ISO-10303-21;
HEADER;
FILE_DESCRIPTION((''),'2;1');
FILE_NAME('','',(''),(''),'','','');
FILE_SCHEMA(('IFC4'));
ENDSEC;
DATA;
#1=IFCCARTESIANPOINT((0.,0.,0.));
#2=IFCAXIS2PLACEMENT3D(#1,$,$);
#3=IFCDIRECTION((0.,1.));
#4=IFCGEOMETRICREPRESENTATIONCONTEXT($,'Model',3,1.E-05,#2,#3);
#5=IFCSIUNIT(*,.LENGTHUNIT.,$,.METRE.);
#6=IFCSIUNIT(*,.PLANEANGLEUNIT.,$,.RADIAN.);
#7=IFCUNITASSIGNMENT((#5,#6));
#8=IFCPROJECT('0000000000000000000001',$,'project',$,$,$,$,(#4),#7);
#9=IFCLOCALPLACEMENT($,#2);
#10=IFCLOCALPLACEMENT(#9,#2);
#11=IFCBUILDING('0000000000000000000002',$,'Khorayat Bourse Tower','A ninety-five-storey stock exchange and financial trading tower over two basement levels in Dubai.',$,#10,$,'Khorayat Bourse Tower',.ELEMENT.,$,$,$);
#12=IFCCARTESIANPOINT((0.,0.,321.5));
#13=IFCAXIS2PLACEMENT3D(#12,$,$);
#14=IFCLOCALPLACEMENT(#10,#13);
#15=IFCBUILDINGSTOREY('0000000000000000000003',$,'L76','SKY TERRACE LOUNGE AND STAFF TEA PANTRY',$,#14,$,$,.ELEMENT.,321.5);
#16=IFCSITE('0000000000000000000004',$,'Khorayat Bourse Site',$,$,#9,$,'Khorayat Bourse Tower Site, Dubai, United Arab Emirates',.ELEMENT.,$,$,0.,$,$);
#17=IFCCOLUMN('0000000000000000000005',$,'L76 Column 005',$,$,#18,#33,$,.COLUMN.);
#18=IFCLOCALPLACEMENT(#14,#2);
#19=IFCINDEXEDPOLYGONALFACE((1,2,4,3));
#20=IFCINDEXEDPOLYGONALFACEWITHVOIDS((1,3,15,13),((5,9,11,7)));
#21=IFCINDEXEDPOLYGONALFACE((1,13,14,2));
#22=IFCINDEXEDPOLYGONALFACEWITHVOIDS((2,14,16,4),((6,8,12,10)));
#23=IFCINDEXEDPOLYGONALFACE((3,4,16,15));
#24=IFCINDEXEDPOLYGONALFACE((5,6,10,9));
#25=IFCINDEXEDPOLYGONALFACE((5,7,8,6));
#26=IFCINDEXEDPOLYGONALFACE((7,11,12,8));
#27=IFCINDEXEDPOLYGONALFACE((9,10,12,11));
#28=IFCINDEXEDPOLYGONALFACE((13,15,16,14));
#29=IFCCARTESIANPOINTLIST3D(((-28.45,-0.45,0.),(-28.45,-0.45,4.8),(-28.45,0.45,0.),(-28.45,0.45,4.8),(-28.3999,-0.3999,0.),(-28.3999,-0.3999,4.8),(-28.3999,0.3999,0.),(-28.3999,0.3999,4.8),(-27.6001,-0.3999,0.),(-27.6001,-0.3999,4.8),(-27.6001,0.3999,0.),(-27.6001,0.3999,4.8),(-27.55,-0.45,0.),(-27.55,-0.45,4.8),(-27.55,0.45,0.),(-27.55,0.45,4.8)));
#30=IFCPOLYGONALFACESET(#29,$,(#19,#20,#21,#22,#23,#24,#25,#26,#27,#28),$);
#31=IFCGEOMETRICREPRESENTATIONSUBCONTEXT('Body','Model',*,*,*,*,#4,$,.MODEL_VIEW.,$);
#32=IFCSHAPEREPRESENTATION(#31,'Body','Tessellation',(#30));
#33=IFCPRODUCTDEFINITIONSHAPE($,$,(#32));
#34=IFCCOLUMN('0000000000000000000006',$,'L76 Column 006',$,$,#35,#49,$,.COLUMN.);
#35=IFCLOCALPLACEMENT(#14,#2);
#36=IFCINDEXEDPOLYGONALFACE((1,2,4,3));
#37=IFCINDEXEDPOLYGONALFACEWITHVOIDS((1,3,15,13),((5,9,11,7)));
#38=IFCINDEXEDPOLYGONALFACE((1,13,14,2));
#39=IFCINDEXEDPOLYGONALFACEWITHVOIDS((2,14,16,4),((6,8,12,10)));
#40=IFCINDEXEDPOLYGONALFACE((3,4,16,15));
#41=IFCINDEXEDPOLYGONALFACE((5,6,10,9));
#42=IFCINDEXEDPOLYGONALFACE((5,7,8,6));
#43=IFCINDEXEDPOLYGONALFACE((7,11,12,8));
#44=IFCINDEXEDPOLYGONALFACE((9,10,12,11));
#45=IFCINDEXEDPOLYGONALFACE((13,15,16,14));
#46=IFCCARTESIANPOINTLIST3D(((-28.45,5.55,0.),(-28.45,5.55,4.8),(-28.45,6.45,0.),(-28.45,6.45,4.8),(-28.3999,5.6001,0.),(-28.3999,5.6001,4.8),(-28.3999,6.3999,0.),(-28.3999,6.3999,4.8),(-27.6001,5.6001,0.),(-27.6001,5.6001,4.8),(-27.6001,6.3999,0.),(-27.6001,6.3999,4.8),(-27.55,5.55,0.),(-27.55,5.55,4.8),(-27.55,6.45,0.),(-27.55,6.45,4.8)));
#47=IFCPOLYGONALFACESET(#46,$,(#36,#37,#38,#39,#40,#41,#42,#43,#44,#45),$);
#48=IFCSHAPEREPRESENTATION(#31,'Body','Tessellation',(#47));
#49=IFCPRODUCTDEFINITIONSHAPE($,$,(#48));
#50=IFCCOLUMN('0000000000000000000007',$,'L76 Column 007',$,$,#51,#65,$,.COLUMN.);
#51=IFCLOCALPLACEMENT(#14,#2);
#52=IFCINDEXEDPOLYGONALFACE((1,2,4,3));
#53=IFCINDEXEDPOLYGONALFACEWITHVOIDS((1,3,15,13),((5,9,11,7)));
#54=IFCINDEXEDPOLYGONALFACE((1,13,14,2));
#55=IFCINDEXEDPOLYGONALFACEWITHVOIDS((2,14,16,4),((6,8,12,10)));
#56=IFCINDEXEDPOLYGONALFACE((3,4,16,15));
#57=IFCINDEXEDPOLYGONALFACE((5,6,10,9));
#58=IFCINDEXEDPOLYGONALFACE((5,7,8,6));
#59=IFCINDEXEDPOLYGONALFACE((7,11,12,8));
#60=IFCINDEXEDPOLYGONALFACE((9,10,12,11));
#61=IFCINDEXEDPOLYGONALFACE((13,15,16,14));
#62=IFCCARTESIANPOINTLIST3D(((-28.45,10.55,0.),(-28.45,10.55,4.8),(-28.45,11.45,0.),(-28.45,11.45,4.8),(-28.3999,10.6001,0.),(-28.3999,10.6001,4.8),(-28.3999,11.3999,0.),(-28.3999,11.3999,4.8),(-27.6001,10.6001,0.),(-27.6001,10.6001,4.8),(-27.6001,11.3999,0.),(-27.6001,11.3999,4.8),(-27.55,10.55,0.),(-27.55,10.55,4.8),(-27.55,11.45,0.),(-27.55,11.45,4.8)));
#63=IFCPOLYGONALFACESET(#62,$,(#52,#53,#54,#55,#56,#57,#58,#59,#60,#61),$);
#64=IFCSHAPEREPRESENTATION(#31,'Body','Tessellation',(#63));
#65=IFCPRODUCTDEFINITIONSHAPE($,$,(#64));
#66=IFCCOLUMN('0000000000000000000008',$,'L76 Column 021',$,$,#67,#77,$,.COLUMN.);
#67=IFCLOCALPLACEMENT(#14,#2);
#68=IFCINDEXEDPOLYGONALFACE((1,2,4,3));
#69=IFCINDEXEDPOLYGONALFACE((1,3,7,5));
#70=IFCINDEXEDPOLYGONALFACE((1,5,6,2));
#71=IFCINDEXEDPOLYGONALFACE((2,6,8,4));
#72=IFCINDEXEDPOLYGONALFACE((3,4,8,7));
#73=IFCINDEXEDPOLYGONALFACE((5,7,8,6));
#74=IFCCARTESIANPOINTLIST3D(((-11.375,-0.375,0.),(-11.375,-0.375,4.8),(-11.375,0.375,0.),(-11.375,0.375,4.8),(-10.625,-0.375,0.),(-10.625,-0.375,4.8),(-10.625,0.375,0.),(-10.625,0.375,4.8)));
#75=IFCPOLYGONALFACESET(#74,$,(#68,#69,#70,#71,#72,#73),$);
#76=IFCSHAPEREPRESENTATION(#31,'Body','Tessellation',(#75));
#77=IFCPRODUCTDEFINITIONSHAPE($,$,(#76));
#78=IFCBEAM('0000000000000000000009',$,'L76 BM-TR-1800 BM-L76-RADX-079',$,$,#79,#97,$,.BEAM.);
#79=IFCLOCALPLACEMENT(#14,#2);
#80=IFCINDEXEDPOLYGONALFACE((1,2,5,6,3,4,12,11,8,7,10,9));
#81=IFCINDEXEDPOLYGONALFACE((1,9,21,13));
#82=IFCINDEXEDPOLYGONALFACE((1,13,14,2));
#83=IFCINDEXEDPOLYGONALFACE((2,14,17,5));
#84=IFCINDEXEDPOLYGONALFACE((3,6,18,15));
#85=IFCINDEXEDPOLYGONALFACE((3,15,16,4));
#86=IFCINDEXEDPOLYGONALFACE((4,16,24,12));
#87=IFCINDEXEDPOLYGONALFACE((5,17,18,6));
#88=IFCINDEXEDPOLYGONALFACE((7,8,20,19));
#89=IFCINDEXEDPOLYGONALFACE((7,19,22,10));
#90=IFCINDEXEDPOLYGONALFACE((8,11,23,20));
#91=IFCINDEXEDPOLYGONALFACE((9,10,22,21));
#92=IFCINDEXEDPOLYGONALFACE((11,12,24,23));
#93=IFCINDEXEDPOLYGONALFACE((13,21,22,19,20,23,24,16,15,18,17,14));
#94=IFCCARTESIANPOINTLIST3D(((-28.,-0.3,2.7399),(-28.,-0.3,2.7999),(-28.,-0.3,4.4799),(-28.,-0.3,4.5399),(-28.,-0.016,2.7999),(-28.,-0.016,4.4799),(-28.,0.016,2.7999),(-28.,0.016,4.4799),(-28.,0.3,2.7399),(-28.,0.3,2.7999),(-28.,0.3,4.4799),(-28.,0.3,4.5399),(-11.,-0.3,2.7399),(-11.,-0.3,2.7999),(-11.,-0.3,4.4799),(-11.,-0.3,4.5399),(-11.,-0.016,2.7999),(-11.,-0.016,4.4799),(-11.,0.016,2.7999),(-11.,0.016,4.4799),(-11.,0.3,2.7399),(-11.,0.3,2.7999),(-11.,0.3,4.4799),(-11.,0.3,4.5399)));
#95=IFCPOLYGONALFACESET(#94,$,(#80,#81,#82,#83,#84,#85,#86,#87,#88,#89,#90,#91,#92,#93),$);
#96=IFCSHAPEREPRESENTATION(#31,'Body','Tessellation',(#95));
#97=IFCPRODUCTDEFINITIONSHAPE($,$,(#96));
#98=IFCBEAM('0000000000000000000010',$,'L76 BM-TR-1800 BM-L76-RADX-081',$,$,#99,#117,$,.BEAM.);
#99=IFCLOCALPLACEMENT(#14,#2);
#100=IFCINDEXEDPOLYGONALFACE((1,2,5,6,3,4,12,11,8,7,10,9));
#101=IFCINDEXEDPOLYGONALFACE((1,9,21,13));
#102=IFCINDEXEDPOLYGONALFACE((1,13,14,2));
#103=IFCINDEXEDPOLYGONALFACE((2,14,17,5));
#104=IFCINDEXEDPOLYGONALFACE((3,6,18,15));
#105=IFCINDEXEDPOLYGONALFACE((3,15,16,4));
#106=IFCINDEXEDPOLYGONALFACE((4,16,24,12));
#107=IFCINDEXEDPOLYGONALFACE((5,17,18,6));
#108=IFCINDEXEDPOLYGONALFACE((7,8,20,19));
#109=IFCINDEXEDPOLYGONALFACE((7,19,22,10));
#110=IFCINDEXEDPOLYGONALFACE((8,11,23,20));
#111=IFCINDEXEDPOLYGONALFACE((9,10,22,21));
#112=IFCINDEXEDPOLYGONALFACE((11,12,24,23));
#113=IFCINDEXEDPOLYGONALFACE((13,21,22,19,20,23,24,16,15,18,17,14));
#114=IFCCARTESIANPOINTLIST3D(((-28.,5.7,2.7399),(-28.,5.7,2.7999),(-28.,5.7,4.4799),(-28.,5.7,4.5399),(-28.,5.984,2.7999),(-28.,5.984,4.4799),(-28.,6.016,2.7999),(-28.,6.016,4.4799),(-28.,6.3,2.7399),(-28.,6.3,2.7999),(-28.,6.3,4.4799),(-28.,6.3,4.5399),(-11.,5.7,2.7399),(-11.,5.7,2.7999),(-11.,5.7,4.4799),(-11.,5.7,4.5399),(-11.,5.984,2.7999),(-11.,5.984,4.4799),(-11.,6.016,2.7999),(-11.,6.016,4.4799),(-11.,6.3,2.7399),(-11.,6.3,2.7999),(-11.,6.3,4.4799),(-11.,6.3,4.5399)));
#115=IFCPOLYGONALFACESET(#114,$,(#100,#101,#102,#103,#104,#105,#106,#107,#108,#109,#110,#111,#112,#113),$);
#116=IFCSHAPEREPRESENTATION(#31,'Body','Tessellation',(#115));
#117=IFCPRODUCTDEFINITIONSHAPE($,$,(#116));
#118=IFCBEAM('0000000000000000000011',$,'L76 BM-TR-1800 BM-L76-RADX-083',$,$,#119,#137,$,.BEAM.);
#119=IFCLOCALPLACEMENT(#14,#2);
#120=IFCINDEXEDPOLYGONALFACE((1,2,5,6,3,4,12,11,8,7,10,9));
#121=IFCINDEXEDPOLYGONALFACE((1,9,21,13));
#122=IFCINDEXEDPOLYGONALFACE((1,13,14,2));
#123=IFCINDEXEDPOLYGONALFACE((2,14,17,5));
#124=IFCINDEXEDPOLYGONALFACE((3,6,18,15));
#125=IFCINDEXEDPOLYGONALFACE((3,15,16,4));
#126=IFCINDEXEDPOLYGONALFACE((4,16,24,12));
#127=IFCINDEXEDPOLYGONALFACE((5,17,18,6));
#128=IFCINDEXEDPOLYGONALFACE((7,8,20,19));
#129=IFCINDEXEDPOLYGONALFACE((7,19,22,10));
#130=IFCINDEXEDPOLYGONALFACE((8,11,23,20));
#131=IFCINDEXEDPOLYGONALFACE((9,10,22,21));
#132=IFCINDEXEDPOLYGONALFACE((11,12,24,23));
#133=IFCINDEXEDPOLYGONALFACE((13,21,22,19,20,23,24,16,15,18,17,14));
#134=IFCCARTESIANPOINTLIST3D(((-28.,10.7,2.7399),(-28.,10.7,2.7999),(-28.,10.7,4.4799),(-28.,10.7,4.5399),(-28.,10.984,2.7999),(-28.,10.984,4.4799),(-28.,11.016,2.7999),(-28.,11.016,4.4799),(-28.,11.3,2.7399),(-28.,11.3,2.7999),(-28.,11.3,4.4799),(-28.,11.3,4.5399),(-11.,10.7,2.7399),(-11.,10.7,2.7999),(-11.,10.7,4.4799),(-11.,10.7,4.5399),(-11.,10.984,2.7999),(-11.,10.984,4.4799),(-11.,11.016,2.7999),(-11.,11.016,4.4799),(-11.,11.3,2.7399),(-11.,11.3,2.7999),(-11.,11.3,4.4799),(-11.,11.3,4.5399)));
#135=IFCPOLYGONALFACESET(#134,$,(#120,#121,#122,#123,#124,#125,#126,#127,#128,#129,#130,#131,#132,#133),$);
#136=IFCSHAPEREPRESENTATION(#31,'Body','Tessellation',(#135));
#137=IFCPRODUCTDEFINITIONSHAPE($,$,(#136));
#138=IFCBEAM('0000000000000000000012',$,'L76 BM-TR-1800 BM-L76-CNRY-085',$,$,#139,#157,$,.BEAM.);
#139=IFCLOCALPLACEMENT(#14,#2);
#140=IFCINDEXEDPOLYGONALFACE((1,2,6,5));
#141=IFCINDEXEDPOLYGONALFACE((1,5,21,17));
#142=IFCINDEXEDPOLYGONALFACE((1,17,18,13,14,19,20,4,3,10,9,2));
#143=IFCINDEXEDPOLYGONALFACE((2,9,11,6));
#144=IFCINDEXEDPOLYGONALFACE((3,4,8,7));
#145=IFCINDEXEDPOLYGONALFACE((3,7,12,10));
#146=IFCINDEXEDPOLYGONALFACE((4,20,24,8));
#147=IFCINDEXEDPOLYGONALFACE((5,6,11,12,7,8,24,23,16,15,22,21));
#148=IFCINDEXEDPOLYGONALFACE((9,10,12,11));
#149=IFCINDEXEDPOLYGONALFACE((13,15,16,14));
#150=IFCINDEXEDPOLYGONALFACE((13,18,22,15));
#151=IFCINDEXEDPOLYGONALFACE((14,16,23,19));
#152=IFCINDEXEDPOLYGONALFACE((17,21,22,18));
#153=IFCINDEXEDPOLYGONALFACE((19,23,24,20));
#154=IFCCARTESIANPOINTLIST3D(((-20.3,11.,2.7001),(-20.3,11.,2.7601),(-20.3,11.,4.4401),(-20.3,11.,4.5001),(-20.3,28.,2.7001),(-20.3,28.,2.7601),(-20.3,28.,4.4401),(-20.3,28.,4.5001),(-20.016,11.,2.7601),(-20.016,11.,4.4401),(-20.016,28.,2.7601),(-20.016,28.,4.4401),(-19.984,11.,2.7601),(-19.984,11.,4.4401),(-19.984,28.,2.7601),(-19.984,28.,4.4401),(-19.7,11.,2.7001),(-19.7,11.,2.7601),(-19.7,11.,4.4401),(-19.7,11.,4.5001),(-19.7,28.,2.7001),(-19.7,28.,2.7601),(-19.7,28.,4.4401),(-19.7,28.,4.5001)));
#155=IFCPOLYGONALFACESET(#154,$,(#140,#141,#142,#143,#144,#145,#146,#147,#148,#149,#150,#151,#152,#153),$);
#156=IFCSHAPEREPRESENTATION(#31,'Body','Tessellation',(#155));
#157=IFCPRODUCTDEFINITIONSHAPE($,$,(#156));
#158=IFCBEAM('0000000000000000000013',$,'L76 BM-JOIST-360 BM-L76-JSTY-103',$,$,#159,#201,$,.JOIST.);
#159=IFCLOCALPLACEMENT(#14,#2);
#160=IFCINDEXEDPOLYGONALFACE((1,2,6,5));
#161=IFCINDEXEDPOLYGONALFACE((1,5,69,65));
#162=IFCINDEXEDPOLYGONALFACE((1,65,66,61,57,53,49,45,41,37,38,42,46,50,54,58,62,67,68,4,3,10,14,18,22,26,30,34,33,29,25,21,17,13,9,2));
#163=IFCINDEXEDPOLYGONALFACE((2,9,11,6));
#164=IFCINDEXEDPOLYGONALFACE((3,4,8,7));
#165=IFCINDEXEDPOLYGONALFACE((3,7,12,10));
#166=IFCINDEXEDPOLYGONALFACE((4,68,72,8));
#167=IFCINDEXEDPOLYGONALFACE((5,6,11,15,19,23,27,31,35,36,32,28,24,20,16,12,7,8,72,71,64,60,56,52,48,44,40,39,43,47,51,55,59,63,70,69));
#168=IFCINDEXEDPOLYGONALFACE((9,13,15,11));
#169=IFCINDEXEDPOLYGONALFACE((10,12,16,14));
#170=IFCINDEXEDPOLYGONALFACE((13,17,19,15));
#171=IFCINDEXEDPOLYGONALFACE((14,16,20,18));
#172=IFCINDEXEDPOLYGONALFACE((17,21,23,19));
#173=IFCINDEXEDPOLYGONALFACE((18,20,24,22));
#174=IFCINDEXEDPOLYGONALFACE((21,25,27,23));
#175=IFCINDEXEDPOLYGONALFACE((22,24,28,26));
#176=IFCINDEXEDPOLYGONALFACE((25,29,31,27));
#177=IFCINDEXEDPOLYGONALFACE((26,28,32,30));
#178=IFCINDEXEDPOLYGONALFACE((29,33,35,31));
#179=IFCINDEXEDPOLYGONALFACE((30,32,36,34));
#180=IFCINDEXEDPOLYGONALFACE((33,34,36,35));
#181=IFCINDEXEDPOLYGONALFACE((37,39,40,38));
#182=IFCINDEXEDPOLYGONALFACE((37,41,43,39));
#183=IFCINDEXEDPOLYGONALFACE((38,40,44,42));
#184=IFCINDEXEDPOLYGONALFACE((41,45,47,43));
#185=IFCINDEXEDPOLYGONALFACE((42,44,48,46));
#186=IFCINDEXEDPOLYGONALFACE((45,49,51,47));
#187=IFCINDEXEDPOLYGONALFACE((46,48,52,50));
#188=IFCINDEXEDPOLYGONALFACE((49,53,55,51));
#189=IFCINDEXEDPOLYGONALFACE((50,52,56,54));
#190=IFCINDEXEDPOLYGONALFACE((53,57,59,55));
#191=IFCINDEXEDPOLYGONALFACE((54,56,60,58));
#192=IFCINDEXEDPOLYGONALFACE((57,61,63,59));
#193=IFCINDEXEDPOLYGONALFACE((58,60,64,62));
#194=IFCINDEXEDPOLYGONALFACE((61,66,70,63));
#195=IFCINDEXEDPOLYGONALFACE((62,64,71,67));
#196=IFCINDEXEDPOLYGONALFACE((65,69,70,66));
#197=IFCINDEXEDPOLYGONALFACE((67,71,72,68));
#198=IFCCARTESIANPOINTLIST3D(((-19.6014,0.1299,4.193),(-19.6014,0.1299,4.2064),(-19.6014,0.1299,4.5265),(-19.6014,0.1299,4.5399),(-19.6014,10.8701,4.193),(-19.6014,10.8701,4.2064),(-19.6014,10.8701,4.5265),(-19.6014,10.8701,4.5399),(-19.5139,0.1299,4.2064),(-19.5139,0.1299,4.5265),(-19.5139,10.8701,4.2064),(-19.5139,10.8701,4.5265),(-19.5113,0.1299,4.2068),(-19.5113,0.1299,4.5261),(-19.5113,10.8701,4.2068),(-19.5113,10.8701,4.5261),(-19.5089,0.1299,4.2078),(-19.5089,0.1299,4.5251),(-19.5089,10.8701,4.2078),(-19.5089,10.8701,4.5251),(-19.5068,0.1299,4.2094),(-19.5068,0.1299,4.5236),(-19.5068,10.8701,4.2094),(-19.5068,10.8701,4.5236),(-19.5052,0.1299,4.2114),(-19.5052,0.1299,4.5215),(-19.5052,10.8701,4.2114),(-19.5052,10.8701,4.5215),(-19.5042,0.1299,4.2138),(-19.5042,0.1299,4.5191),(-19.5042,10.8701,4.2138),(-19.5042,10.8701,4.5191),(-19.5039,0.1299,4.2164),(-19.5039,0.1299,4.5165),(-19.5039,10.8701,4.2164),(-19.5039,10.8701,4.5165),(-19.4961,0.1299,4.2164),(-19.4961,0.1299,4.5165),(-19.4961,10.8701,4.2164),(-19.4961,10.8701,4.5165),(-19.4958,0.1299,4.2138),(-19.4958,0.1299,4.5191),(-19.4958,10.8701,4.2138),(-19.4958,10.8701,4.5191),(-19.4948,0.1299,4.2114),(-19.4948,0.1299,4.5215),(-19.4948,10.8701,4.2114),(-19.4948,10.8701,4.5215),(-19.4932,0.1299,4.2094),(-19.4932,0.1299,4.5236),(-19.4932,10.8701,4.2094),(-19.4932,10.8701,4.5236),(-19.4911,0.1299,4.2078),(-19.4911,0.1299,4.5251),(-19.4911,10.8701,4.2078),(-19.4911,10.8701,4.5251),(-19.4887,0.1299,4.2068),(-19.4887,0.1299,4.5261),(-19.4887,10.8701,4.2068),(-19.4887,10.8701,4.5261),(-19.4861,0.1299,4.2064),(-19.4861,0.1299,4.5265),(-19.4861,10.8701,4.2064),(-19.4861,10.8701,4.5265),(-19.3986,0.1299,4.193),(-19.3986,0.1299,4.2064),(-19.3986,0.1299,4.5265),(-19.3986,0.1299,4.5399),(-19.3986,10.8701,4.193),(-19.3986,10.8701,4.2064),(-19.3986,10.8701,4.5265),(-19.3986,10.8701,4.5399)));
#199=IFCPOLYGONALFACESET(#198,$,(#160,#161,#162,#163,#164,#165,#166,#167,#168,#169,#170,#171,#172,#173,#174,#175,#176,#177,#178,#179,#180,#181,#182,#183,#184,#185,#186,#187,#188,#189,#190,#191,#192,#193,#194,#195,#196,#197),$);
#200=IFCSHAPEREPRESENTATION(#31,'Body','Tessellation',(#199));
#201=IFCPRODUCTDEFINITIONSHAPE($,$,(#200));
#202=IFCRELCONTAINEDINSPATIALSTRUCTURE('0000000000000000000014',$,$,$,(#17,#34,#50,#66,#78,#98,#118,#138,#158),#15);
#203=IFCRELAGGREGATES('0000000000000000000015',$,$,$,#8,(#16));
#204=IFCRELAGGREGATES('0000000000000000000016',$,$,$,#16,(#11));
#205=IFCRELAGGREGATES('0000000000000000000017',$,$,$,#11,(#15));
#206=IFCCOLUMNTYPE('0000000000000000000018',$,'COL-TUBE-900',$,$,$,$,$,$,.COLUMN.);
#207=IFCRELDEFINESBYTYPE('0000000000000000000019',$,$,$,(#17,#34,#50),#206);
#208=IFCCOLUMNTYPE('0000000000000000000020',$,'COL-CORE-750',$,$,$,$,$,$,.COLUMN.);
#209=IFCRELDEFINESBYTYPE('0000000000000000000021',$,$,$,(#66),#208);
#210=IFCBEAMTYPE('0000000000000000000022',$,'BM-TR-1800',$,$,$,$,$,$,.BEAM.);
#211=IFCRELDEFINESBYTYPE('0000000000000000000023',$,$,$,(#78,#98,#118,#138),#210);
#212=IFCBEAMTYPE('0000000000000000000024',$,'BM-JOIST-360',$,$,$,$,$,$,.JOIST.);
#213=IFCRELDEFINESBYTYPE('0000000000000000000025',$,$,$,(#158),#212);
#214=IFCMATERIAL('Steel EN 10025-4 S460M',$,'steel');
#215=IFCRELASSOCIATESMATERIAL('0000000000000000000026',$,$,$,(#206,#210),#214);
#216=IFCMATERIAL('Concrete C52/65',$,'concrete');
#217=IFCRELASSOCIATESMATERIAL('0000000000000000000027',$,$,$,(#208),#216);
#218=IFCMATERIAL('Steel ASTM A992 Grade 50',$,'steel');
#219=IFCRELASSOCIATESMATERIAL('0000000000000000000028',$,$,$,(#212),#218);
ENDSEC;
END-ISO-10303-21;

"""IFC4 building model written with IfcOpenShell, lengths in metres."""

from ifc_helpers import new_model, si_unit, direction, frame, origin, origin_2d, place, context, subcontext, project, spatial, rectangle, hollow_rectangle, i_section, extrude, source, transform, mapped, material, material_profile, profile_set, type_object, element, save


model = new_model("IFC4")

# Units and contexts
model_context = context("Model", 3, precision=1e-05, world=origin(), true_north=direction((0.0, 1.0)))
body_context = subcontext(model_context, "Body", "Model", "MODEL_VIEW")
ifc_project = project(units=[si_unit("LENGTHUNIT", "METRE"), si_unit("PLANEANGLEUNIT", "RADIAN")], contexts=[model_context])

# Site, building, storey
site_placement = place(None, origin())
site = spatial("IfcSite", under=ifc_project, at=site_placement, Name="Khorayat Bourse Site", LongName="Khorayat Bourse Tower Site, Dubai, United Arab Emirates", CompositionType="ELEMENT", RefElevation=0.0)
building_placement = place(site_placement, origin())
building = spatial("IfcBuilding", under=site, at=building_placement, Name="Khorayat Bourse Tower", Description="A ninety-five-storey stock exchange and financial trading tower over two basement levels in Dubai.", LongName="Khorayat Bourse Tower", CompositionType="ELEMENT")
storey_placement = place(building_placement, frame((0.0, 0.0, 321.5)))
storey = spatial("IfcBuildingStorey", under=building, at=storey_placement, Name="L76", Description="SKY TERRACE LOUNGE AND STAFF TEA PANTRY", CompositionType="ELEMENT", Elevation=321.5)

# Columns
ifc_material_1 = material(Name="Steel EN 10025-4 S460M", Category="steel")
ifc_material_profile_1 = material_profile(ifc_material_1, hollow_rectangle(XDim=0.8999, YDim=0.8999, WallThickness=0.05, at=origin_2d()), Name="BOX 900x900x50")
ifc_profile_set_1 = profile_set([ifc_material_profile_1], Name="Steel EN 10025-4 S460M")
column_type_1 = type_object("IfcColumnType", Name="COL-TUBE-900", PredefinedType="COLUMN", material=ifc_profile_set_1)
shared_shape_1 = source(origin(), body_context, "Body", "SweptSolid", [
    extrude(hollow_rectangle(XDim=0.8999, YDim=0.8999, WallThickness=0.05, at=origin_2d()), origin(), (0.0, 0.0, 1.0), 4.8),
])
for number, where, z_axis, x_axis, name in (
    (1, (-28.0, 0.0, 0.0), (0.0, 0.0, 1.0), (1.0, 0.0, 0.0), "L76 Column 005"),
    (2, (-28.0, 6.0, 0.0), (0.0, 0.0, 1.0), (1.0, 0.0, 0.0), "L76 Column 006"),
    (3, (-28.0, 11.0, 0.0), (0.0, 0.0, 1.0), (1.0, 0.0, 0.0), "L76 Column 007"),
):
    element("IfcColumn", number, at=place(storey_placement, frame(where, z_axis=z_axis, x_axis=x_axis)), inside=storey, type_object=column_type_1, Name=name, PredefinedType="COLUMN", context=body_context, shape_type="MappedRepresentation", body=[
        mapped(shared_shape_1, transform((0.0, 0.0, 0.0), scale=1.0)),
    ])
ifc_material_2 = material(Name="Concrete C52/65", Category="concrete")
ifc_material_profile_2 = material_profile(ifc_material_2, rectangle(XDim=0.75, YDim=0.75, at=origin_2d()), Name="RC 750x750")
ifc_profile_set_2 = profile_set([ifc_material_profile_2], Name="Concrete C52/65")
column_type_2 = type_object("IfcColumnType", Name="COL-CORE-750", PredefinedType="COLUMN", material=ifc_profile_set_2)
shared_shape_2 = source(origin(), body_context, "Body", "SweptSolid", [
    extrude(rectangle(XDim=0.75, YDim=0.75, at=origin_2d()), origin(), (0.0, 0.0, 1.0), 4.8),
])
column_placement = place(storey_placement, frame((-11.0, 0.0, 0.0), z_axis=(0.0, 0.0, 1.0), x_axis=(1.0, 0.0, 0.0)))
element("IfcColumn", 4, at=column_placement, inside=storey, type_object=column_type_2, Name="L76 Column 021", PredefinedType="COLUMN", context=body_context, shape_type="MappedRepresentation", body=[
    mapped(shared_shape_2, transform((0.0, 0.0, 0.0), scale=1.0)),
])

# Beams
ifc_material_profile_3 = material_profile(ifc_material_1, i_section(OverallWidth=0.6001, OverallDepth=1.8, WebThickness=0.032, FlangeThickness=0.0601, at=origin_2d()), Name="PG 1800x600x32x60")
ifc_profile_set_3 = profile_set([ifc_material_profile_3], Name="Steel EN 10025-4 S460M")
beam_type_1 = type_object("IfcBeamType", Name="BM-TR-1800", PredefinedType="BEAM", material=ifc_profile_set_3)
shared_shape_3 = source(origin(), body_context, "Body", "SweptSolid", [
    extrude(i_section(OverallWidth=0.6001, OverallDepth=1.8, WebThickness=0.032, FlangeThickness=0.0601, at=origin_2d()), origin(), (0.0, 0.0, 1.0), 17.0),
])
for number, where, z_axis, x_axis, name in (
    (5, (-28.0, 0.0, 3.6399), (1.0, 0.0, 0.0), (0.0, 1.0, 0.0), "L76 BM-TR-1800 BM-L76-RADX-079"),
    (6, (-28.0, 6.0, 3.6399), (1.0, 0.0, 0.0), (0.0, 1.0, 0.0), "L76 BM-TR-1800 BM-L76-RADX-081"),
    (7, (-28.0, 11.0, 3.6399), (1.0, 0.0, 0.0), (0.0, 1.0, 0.0), "L76 BM-TR-1800 BM-L76-RADX-083"),
    (8, (-20.0, 11.0, 3.6001), (0.0, 1.0, 0.0), (-1.0, 0.0, 0.0), "L76 BM-TR-1800 BM-L76-CNRY-085"),
):
    element("IfcBeam", number, at=place(storey_placement, frame(where, z_axis=z_axis, x_axis=x_axis)), inside=storey, type_object=beam_type_1, Name=name, PredefinedType="BEAM", context=body_context, shape_type="MappedRepresentation", body=[
        mapped(shared_shape_3, transform((0.0, 0.0, 0.0), scale=1.0)),
    ])
ifc_material_3 = material(Name="Steel ASTM A992 Grade 50", Category="steel")
ifc_material_profile_4 = material_profile(ifc_material_3, i_section(OverallWidth=0.2029, OverallDepth=0.3469, WebThickness=0.0078, FlangeThickness=0.0134, FilletRadius=0.01, at=origin_2d()), Name="W360X64")
ifc_profile_set_4 = profile_set([ifc_material_profile_4], Name="Steel ASTM A992 Grade 50")
beam_type_2 = type_object("IfcBeamType", Name="BM-JOIST-360", PredefinedType="JOIST", material=ifc_profile_set_4)
shared_shape_4 = source(origin(), body_context, "Body", "SweptSolid", [
    extrude(i_section(OverallWidth=0.2029, OverallDepth=0.3469, WebThickness=0.0078, FlangeThickness=0.0134, FilletRadius=0.01, at=origin_2d()), origin(), (0.0, 0.0, 1.0), 10.7402),
])
beam_1_placement = place(storey_placement, frame((-19.5, 0.1299, 4.3665), z_axis=(0.0, 1.0, 0.0), x_axis=(-1.0, 0.0, 0.0)))
element("IfcBeam", 9, at=beam_1_placement, inside=storey, type_object=beam_type_2, Name="L76 BM-JOIST-360 BM-L76-JSTY-103", PredefinedType="JOIST", context=body_context, shape_type="MappedRepresentation", body=[
    mapped(shared_shape_4, transform((0.0, 0.0, 0.0), scale=1.0)),
])

save(model, "model.ifc")
